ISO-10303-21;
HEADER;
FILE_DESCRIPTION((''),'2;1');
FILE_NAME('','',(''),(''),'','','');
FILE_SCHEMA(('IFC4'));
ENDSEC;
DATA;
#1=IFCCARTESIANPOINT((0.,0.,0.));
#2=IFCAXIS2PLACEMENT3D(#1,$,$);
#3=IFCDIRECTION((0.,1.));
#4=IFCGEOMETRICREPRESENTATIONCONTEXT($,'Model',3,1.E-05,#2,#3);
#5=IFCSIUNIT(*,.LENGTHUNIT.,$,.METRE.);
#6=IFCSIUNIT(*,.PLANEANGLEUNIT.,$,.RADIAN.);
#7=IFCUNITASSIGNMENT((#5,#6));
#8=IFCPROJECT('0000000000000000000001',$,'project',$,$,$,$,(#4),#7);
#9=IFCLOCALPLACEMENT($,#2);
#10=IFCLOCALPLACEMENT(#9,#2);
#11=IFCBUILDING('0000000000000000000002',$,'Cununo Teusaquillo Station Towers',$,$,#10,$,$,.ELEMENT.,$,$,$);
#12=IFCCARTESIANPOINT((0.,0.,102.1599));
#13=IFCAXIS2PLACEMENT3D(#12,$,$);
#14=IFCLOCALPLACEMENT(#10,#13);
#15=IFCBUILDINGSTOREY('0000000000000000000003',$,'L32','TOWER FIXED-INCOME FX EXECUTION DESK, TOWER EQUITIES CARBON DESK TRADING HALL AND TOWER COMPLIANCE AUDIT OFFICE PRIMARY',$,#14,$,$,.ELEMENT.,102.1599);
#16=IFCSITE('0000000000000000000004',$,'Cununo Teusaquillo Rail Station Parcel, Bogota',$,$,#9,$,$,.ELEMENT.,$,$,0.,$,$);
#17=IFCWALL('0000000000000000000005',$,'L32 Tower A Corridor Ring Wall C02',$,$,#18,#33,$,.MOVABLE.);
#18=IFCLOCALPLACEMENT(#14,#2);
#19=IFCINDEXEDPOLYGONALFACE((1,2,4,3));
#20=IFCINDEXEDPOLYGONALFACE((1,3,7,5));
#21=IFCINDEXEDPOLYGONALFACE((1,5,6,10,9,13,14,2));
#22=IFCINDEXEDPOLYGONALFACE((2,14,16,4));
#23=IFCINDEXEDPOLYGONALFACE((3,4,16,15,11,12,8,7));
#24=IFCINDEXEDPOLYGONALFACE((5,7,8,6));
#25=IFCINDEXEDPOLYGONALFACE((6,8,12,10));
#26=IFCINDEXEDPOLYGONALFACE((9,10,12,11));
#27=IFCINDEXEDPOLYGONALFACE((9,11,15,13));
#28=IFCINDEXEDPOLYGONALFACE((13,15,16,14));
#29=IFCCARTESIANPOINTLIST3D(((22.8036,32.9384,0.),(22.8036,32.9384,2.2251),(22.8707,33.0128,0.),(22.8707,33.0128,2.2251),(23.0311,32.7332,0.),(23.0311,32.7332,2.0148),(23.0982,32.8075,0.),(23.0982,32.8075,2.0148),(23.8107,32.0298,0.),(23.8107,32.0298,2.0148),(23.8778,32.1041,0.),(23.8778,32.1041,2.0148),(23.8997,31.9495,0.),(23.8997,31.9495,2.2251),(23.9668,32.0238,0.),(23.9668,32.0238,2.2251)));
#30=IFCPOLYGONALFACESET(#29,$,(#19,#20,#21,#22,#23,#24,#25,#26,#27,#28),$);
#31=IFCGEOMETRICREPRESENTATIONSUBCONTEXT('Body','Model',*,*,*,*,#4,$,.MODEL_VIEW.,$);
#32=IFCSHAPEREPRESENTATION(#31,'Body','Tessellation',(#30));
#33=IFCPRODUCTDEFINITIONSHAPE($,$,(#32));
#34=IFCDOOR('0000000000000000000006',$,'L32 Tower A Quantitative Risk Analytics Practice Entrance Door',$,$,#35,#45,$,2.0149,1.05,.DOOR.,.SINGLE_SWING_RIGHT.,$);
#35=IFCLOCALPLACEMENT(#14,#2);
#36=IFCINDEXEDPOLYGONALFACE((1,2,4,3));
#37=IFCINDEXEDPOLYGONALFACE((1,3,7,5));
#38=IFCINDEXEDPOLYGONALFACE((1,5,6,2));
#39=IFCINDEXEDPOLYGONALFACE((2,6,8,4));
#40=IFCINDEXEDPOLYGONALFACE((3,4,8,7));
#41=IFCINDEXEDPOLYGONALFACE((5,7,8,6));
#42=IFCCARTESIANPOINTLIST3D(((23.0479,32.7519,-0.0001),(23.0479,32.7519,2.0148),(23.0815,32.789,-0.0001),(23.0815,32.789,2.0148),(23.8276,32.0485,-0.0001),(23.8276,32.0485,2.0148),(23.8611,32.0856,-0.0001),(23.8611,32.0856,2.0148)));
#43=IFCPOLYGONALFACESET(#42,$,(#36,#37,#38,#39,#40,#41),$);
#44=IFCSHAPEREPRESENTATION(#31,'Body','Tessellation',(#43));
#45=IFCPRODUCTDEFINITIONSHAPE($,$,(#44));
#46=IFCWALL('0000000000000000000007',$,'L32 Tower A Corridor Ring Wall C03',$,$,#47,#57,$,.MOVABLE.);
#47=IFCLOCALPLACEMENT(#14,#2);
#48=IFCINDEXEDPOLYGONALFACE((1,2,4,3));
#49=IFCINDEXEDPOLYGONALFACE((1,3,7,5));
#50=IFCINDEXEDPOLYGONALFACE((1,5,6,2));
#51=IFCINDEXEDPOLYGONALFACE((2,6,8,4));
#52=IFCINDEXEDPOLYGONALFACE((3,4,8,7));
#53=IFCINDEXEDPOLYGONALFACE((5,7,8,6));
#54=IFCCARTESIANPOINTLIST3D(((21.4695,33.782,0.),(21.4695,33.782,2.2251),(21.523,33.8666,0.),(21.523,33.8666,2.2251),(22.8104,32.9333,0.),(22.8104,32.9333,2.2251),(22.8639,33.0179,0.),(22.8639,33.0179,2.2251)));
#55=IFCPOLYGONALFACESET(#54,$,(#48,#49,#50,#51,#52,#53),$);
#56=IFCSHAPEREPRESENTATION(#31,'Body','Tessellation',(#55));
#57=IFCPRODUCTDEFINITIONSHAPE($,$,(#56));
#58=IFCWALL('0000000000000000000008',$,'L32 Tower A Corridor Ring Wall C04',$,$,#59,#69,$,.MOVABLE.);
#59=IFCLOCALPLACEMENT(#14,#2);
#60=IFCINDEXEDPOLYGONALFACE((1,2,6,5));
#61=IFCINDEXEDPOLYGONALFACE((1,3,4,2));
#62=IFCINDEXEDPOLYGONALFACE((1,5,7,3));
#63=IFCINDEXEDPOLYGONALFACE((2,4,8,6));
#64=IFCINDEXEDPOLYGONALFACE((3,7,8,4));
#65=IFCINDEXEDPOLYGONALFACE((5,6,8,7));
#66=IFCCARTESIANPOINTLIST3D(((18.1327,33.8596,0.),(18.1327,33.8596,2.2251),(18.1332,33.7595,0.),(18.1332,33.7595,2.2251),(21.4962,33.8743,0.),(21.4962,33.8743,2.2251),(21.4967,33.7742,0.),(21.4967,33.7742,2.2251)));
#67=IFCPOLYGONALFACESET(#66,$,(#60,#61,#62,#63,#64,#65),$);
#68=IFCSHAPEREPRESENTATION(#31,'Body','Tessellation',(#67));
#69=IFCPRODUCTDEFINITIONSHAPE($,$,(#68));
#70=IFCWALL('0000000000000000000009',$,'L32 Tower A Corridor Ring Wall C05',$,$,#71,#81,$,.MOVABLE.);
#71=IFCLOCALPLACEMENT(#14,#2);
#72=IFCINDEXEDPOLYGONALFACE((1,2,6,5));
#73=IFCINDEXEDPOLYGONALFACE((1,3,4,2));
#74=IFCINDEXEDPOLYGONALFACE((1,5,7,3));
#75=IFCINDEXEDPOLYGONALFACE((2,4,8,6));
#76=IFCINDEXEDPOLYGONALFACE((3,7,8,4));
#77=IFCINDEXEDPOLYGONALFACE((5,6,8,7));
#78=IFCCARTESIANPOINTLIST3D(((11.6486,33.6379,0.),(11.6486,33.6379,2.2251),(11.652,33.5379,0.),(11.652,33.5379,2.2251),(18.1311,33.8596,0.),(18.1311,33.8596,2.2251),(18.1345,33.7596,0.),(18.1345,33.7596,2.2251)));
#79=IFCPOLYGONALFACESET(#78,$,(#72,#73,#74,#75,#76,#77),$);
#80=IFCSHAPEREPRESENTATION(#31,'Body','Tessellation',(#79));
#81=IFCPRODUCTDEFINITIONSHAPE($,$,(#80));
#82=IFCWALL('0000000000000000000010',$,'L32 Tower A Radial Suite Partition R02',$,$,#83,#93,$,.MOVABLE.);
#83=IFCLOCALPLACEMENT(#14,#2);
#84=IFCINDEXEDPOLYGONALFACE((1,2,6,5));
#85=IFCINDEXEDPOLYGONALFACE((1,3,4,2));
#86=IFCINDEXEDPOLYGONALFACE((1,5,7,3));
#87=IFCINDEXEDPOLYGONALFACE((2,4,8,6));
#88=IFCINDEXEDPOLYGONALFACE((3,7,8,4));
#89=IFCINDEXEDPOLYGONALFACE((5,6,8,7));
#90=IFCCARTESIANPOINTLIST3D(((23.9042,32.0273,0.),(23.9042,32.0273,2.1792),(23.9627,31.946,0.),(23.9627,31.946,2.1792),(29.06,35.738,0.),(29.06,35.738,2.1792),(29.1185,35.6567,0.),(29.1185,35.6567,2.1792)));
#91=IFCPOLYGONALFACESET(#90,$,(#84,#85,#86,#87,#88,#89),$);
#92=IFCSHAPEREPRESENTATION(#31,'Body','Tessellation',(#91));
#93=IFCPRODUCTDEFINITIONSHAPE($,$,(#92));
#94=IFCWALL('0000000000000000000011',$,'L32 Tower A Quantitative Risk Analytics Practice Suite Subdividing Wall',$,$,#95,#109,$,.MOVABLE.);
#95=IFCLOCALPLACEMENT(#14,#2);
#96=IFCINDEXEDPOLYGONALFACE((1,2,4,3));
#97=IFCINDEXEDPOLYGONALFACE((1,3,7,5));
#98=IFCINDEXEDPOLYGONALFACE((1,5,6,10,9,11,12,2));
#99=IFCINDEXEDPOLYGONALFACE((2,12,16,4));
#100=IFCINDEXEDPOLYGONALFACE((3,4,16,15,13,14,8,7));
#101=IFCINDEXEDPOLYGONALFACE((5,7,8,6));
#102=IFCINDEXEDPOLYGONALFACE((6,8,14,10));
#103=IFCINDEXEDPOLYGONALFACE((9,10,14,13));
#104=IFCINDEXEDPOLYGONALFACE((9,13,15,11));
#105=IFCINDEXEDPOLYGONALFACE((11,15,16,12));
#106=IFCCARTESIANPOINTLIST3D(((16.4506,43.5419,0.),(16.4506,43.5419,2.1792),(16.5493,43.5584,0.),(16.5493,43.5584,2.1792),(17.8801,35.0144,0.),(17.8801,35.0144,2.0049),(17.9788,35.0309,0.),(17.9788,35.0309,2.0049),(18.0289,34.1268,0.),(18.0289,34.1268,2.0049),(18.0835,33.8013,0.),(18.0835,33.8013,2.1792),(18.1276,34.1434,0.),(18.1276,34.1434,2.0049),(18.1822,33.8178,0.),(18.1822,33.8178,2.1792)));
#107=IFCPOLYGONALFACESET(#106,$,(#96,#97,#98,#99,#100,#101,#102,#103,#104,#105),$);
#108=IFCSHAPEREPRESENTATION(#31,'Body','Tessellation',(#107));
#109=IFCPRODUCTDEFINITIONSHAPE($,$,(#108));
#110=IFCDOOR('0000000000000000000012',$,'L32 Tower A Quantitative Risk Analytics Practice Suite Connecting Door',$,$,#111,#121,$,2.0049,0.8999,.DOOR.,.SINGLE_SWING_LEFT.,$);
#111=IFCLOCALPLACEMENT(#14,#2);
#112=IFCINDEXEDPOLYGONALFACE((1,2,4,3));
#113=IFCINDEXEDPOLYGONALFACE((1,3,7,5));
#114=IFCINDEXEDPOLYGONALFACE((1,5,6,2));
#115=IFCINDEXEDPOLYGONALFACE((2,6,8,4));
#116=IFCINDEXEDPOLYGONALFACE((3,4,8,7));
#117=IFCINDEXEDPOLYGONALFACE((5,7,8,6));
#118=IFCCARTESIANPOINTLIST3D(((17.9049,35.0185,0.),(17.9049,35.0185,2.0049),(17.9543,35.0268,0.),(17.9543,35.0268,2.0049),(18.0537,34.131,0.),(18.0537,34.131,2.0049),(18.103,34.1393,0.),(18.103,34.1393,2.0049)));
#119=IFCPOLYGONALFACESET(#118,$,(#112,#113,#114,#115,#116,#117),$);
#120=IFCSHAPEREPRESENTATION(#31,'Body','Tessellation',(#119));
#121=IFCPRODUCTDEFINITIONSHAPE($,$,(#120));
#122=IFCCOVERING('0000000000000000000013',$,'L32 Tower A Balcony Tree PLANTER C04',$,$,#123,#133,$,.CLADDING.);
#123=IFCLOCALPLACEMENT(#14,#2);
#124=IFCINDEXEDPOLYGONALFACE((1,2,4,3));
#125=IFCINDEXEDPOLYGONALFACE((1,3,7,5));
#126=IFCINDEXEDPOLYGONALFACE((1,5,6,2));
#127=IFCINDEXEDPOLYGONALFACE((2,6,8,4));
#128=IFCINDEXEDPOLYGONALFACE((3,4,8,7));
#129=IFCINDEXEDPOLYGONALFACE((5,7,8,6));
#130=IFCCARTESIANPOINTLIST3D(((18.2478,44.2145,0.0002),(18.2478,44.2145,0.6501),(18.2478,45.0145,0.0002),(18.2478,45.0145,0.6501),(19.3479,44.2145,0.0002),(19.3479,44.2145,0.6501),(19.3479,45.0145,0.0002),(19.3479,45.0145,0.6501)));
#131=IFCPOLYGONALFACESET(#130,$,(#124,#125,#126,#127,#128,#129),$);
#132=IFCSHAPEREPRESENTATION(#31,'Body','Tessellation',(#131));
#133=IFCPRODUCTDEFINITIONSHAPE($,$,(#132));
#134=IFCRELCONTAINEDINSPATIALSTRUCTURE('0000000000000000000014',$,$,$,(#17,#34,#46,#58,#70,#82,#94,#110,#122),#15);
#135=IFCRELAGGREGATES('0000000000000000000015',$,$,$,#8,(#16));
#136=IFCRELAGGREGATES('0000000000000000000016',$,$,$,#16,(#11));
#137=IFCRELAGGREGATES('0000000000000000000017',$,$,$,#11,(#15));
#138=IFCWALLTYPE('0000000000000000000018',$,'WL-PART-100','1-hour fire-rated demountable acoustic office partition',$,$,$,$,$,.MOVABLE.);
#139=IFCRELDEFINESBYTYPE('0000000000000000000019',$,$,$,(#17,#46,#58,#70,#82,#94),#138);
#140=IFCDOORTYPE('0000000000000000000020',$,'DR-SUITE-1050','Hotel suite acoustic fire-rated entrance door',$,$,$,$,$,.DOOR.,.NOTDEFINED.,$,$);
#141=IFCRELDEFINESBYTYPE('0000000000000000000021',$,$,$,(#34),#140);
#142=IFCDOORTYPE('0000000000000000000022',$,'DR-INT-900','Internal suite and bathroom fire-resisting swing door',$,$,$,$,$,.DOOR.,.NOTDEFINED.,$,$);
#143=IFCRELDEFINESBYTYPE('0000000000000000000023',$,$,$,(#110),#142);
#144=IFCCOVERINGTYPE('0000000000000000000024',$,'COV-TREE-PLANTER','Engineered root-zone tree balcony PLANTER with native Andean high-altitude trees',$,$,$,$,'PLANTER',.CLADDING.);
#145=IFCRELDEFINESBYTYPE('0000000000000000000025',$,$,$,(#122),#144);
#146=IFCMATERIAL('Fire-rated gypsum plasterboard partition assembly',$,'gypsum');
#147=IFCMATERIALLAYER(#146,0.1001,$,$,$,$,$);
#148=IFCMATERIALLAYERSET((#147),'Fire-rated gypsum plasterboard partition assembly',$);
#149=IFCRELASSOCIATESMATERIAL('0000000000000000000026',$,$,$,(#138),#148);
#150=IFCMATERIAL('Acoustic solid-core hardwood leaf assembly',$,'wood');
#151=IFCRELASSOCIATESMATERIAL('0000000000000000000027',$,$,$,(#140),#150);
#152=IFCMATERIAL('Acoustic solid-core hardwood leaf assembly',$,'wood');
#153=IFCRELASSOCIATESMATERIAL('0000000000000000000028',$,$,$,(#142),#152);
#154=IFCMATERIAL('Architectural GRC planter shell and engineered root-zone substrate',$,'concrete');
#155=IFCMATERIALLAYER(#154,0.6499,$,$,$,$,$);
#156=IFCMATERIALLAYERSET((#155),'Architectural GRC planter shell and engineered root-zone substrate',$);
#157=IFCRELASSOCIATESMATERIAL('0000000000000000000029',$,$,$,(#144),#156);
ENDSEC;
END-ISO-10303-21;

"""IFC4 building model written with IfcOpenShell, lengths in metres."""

from ifc_helpers import new_model, si_unit, direction, frame, frame_2d, origin, origin_2d, place, context, subcontext, project, spatial, rectangle, extrude, source, transform, mapped, material, layer, layer_set, type_object, element, fill, save


model = new_model("IFC4")

# Units and contexts
model_context = context("Model", 3, precision=1e-05, world=origin(), true_north=direction((0.0, 1.0)))
body_context = subcontext(model_context, "Body", "Model", "MODEL_VIEW")
ifc_project = project(units=[si_unit("LENGTHUNIT", "METRE"), si_unit("PLANEANGLEUNIT", "RADIAN")], contexts=[model_context])

# Site, building, storey
site_placement = place(None, origin())
site = spatial("IfcSite", under=ifc_project, at=site_placement, Name="Cununo Teusaquillo Rail Station Parcel, Bogota", CompositionType="ELEMENT", RefElevation=0.0)
building_placement = place(site_placement, origin())
building = spatial("IfcBuilding", under=site, at=building_placement, Name="Cununo Teusaquillo Station Towers", CompositionType="ELEMENT")
storey_placement = place(building_placement, frame((0.0, 0.0, 102.1599)))
storey = spatial("IfcBuildingStorey", under=building, at=storey_placement, Name="L32", Description="TOWER FIXED-INCOME FX EXECUTION DESK, TOWER EQUITIES CARBON DESK TRADING HALL AND TOWER COMPLIANCE AUDIT OFFICE PRIMARY", CompositionType="ELEMENT", Elevation=102.1599)

# Wall, opening, door
ifc_material_1 = material(Name="Fire-rated gypsum plasterboard partition assembly", Category="gypsum")
ifc_layer_1 = layer(ifc_material_1, 0.1001)
ifc_layer_set_1 = layer_set([ifc_layer_1], Name="Fire-rated gypsum plasterboard partition assembly")
wall_type_1 = type_object("IfcWallType", Name="WL-PART-100", Description="1-hour fire-rated demountable acoustic office partition", PredefinedType="MOVABLE", material=ifc_layer_set_1)
wall_1_placement = place(storey_placement, frame((23.9333, 31.9866, 0.0), z_axis=(0.0, 0.0, 1.0), x_axis=(-0.742471, 0.669878, 0.0)))
wall_1 = element("IfcWall", 1, at=wall_1_placement, inside=storey, type_object=wall_type_1, Name="L32 Tower A Corridor Ring Wall C02", PredefinedType="MOVABLE", context=body_context, shape_type="SweptSolid", body=[
    extrude(rectangle(XDim=1.4763, YDim=0.1001, at=frame_2d((0.7383, 0.0))), origin(), (0.0, 0.0, 1.0), 2.2251),
])
shared_shape_1 = source(origin(), body_context, "Body", "SweptSolid", [
    extrude(rectangle(XDim=1.05, YDim=2.0149, at=frame_2d((0.5249, 1.0073))), frame((0.0, 0.0601, 0.0), z_axis=(0.0, -1.0, 0.0), x_axis=(1.0, 0.0, 0.0)), (0.0, 0.0, 1.0), 0.1201),
])
opening_1_placement = place(wall_1_placement, frame((0.1201, 0.0, 0.0)))
opening_1 = element("IfcOpeningElement", 2, at=opening_1_placement, cuts=wall_1, PredefinedType="OPENING", context=body_context, shape_type="MappedRepresentation", body=[
    mapped(shared_shape_1, transform((0.0, 0.0, 0.0), x_axis=(1.0, 0.0, 0.0), y_axis=(0.0, 1.0, 0.0), z_axis=(0.0, 0.0, 1.0), scale=1.0)),
])
ifc_material_2 = material(Name="Acoustic solid-core hardwood leaf assembly", Category="wood")
door_type_1 = type_object("IfcDoorType", Name="DR-SUITE-1050", Description="Hotel suite acoustic fire-rated entrance door", OperationType="NOTDEFINED", PredefinedType="DOOR", material=ifc_material_2)
shared_shape_2 = source(origin(), body_context, "Body", "SweptSolid", [
    extrude(rectangle(XDim=1.05, YDim=2.0149, at=frame_2d((0.5249, 1.0073))), frame((0.0, 0.0249, 0.0), z_axis=(0.0, -1.0, 0.0), x_axis=(1.0, 0.0, 0.0)), (0.0, 0.0, 1.0), 0.05),
])
door_1_placement = place(opening_1_placement, origin())
door_1 = element("IfcDoor", 3, at=door_1_placement, inside=storey, type_object=door_type_1, Name="L32 Tower A Quantitative Risk Analytics Practice Entrance Door", OperationType="SINGLE_SWING_RIGHT", OverallHeight=2.0149, OverallWidth=1.05, PredefinedType="DOOR", context=body_context, shape_type="MappedRepresentation", body=[
    mapped(shared_shape_2, transform((0.0, 0.0, 0.0), x_axis=(1.0, 0.0, 0.0), y_axis=(0.0, 1.0, 0.0), z_axis=(0.0, 0.0, 1.0), scale=1.0)),
])
fill(opening_1, door_1)

# Walls
wall_2_placement = place(storey_placement, frame((22.8372, 32.9756, 0.0), z_axis=(0.0, 0.0, 1.0), x_axis=(-0.844977, 0.534803, 0.0)))
element("IfcWall", 4, at=wall_2_placement, inside=storey, type_object=wall_type_1, Name="L32 Tower A Corridor Ring Wall C03", PredefinedType="MOVABLE", context=body_context, shape_type="SweptSolid", body=[
    extrude(rectangle(XDim=1.5869, YDim=0.1001, at=frame_2d((0.7935, 0.0))), origin(), (0.0, 0.0, 1.0), 2.2251),
])
wall_3_placement = place(storey_placement, frame((21.4963, 33.8242, 0.0), z_axis=(0.0, 0.0, 1.0), x_axis=(-0.999991, -0.004355, 0.0)))
element("IfcWall", 5, at=wall_3_placement, inside=storey, type_object=wall_type_1, Name="L32 Tower A Corridor Ring Wall C04", PredefinedType="MOVABLE", context=body_context, shape_type="SweptSolid", body=[
    extrude(rectangle(XDim=3.3635, YDim=0.1001, at=frame_2d((1.6816, 0.0))), origin(), (0.0, 0.0, 1.0), 2.2251),
])
wall_4_placement = place(storey_placement, frame((18.1328, 33.8096, 0.0), z_axis=(0.0, 0.0, 1.0), x_axis=(-0.999416, -0.034177, 0.0)))
element("IfcWall", 6, at=wall_4_placement, inside=storey, type_object=wall_type_1, Name="L32 Tower A Corridor Ring Wall C05", PredefinedType="MOVABLE", context=body_context, shape_type="SweptSolid", body=[
    extrude(rectangle(XDim=6.4863, YDim=0.1001, at=frame_2d((3.2432, 0.0))), origin(), (0.0, 0.0, 1.0), 2.2251),
])
wall_5_placement = place(storey_placement, frame((23.9333, 31.9866, 0.0), z_axis=(0.0, 0.0, 1.0), x_axis=(0.811643, 0.584154, 0.0)))
element("IfcWall", 7, at=wall_5_placement, inside=storey, type_object=wall_type_1, Name="L32 Tower A Radial Suite Partition R02", PredefinedType="MOVABLE", context=body_context, shape_type="SweptSolid", body=[
    extrude(rectangle(XDim=6.3523, YDim=0.1001, at=frame_2d((3.1763, 0.0))), origin(), (0.0, 0.0, 1.0), 2.1792),
])

# Wall, opening, door
wall_6_placement = place(storey_placement, frame((18.1328, 33.8096, 0.0), z_axis=(0.0, 0.0, 1.0), x_axis=(-0.165325, 0.986239, 0.0)))
wall_6 = element("IfcWall", 8, at=wall_6_placement, inside=storey, type_object=wall_type_1, Name="L32 Tower A Quantitative Risk Analytics Practice Suite Subdividing Wall", PredefinedType="MOVABLE", context=body_context, shape_type="SweptSolid", body=[
    extrude(rectangle(XDim=9.8765, YDim=0.1001, at=frame_2d((4.9382, 0.0))), origin(), (0.0, 0.0, 1.0), 2.1792),
])
shared_shape_3 = source(origin(), body_context, "Body", "SweptSolid", [
    extrude(rectangle(XDim=0.8999, YDim=2.0049, at=frame_2d((0.45, 1.0024))), frame((0.0, 0.0601, 0.0), z_axis=(0.0, -1.0, 0.0), x_axis=(1.0, 0.0, 0.0)), (0.0, 0.0, 1.0), 0.1201),
])
opening_2_placement = place(wall_6_placement, frame((0.3301, 0.0, 0.0)))
opening_2 = element("IfcOpeningElement", 9, at=opening_2_placement, cuts=wall_6, PredefinedType="OPENING", context=body_context, shape_type="MappedRepresentation", body=[
    mapped(shared_shape_3, transform((0.0, 0.0, 0.0), x_axis=(1.0, 0.0, 0.0), y_axis=(0.0, 1.0, 0.0), z_axis=(0.0, 0.0, 1.0), scale=1.0)),
])
ifc_material_3 = material(Name="Acoustic solid-core hardwood leaf assembly", Category="wood")
door_type_2 = type_object("IfcDoorType", Name="DR-INT-900", Description="Internal suite and bathroom fire-resisting swing door", OperationType="NOTDEFINED", PredefinedType="DOOR", material=ifc_material_3)
shared_shape_4 = source(origin(), body_context, "Body", "SweptSolid", [
    extrude(rectangle(XDim=0.8999, YDim=2.0049, at=frame_2d((0.45, 1.0024))), frame((0.0, 0.0249, 0.0), z_axis=(0.0, -1.0, 0.0), x_axis=(1.0, 0.0, 0.0)), (0.0, 0.0, 1.0), 0.05),
])
door_2_placement = place(opening_2_placement, origin())
door_2 = element("IfcDoor", 10, at=door_2_placement, inside=storey, type_object=door_type_2, Name="L32 Tower A Quantitative Risk Analytics Practice Suite Connecting Door", OperationType="SINGLE_SWING_LEFT", OverallHeight=2.0049, OverallWidth=0.8999, PredefinedType="DOOR", context=body_context, shape_type="MappedRepresentation", body=[
    mapped(shared_shape_4, transform((0.0, 0.0, 0.0), x_axis=(1.0, 0.0, 0.0), y_axis=(0.0, 1.0, 0.0), z_axis=(0.0, 0.0, 1.0), scale=1.0)),
])
fill(opening_2, door_2)

# Covering
ifc_material_4 = material(Name="Architectural GRC planter shell and engineered root-zone substrate", Category="concrete")
ifc_layer_2 = layer(ifc_material_4, 0.6499)
ifc_layer_set_2 = layer_set([ifc_layer_2], Name="Architectural GRC planter shell and engineered root-zone substrate")
covering_type = type_object("IfcCoveringType", Name="COV-TREE-PLANTER", Description="Engineered root-zone tree balcony PLANTER with native Andean high-altitude trees", ElementType="PLANTER", PredefinedType="CLADDING", material=ifc_layer_set_2)
shared_shape_5 = source(origin(), body_context, "Body", "SweptSolid", [
    extrude(rectangle(XDim=1.1001, YDim=0.8, at=origin_2d()), origin(), (0.0, 0.0, 1.0), 0.6499),
])
covering_placement = place(storey_placement, frame((18.7979, 44.6145, 0.0002), z_axis=(0.0, 0.0, 1.0), x_axis=(1.0, 0.0, 0.0)))
element("IfcCovering", 11, at=covering_placement, inside=storey, type_object=covering_type, Name="L32 Tower A Balcony Tree PLANTER C04", PredefinedType="CLADDING", context=body_context, shape_type="MappedRepresentation", body=[
    mapped(shared_shape_5, transform((0.0, 0.0, 0.0), x_axis=(1.0, 0.0, 0.0), y_axis=(0.0, 1.0, 0.0), z_axis=(0.0, 0.0, 1.0), scale=1.0)),
])

save(model, "model.ifc")
